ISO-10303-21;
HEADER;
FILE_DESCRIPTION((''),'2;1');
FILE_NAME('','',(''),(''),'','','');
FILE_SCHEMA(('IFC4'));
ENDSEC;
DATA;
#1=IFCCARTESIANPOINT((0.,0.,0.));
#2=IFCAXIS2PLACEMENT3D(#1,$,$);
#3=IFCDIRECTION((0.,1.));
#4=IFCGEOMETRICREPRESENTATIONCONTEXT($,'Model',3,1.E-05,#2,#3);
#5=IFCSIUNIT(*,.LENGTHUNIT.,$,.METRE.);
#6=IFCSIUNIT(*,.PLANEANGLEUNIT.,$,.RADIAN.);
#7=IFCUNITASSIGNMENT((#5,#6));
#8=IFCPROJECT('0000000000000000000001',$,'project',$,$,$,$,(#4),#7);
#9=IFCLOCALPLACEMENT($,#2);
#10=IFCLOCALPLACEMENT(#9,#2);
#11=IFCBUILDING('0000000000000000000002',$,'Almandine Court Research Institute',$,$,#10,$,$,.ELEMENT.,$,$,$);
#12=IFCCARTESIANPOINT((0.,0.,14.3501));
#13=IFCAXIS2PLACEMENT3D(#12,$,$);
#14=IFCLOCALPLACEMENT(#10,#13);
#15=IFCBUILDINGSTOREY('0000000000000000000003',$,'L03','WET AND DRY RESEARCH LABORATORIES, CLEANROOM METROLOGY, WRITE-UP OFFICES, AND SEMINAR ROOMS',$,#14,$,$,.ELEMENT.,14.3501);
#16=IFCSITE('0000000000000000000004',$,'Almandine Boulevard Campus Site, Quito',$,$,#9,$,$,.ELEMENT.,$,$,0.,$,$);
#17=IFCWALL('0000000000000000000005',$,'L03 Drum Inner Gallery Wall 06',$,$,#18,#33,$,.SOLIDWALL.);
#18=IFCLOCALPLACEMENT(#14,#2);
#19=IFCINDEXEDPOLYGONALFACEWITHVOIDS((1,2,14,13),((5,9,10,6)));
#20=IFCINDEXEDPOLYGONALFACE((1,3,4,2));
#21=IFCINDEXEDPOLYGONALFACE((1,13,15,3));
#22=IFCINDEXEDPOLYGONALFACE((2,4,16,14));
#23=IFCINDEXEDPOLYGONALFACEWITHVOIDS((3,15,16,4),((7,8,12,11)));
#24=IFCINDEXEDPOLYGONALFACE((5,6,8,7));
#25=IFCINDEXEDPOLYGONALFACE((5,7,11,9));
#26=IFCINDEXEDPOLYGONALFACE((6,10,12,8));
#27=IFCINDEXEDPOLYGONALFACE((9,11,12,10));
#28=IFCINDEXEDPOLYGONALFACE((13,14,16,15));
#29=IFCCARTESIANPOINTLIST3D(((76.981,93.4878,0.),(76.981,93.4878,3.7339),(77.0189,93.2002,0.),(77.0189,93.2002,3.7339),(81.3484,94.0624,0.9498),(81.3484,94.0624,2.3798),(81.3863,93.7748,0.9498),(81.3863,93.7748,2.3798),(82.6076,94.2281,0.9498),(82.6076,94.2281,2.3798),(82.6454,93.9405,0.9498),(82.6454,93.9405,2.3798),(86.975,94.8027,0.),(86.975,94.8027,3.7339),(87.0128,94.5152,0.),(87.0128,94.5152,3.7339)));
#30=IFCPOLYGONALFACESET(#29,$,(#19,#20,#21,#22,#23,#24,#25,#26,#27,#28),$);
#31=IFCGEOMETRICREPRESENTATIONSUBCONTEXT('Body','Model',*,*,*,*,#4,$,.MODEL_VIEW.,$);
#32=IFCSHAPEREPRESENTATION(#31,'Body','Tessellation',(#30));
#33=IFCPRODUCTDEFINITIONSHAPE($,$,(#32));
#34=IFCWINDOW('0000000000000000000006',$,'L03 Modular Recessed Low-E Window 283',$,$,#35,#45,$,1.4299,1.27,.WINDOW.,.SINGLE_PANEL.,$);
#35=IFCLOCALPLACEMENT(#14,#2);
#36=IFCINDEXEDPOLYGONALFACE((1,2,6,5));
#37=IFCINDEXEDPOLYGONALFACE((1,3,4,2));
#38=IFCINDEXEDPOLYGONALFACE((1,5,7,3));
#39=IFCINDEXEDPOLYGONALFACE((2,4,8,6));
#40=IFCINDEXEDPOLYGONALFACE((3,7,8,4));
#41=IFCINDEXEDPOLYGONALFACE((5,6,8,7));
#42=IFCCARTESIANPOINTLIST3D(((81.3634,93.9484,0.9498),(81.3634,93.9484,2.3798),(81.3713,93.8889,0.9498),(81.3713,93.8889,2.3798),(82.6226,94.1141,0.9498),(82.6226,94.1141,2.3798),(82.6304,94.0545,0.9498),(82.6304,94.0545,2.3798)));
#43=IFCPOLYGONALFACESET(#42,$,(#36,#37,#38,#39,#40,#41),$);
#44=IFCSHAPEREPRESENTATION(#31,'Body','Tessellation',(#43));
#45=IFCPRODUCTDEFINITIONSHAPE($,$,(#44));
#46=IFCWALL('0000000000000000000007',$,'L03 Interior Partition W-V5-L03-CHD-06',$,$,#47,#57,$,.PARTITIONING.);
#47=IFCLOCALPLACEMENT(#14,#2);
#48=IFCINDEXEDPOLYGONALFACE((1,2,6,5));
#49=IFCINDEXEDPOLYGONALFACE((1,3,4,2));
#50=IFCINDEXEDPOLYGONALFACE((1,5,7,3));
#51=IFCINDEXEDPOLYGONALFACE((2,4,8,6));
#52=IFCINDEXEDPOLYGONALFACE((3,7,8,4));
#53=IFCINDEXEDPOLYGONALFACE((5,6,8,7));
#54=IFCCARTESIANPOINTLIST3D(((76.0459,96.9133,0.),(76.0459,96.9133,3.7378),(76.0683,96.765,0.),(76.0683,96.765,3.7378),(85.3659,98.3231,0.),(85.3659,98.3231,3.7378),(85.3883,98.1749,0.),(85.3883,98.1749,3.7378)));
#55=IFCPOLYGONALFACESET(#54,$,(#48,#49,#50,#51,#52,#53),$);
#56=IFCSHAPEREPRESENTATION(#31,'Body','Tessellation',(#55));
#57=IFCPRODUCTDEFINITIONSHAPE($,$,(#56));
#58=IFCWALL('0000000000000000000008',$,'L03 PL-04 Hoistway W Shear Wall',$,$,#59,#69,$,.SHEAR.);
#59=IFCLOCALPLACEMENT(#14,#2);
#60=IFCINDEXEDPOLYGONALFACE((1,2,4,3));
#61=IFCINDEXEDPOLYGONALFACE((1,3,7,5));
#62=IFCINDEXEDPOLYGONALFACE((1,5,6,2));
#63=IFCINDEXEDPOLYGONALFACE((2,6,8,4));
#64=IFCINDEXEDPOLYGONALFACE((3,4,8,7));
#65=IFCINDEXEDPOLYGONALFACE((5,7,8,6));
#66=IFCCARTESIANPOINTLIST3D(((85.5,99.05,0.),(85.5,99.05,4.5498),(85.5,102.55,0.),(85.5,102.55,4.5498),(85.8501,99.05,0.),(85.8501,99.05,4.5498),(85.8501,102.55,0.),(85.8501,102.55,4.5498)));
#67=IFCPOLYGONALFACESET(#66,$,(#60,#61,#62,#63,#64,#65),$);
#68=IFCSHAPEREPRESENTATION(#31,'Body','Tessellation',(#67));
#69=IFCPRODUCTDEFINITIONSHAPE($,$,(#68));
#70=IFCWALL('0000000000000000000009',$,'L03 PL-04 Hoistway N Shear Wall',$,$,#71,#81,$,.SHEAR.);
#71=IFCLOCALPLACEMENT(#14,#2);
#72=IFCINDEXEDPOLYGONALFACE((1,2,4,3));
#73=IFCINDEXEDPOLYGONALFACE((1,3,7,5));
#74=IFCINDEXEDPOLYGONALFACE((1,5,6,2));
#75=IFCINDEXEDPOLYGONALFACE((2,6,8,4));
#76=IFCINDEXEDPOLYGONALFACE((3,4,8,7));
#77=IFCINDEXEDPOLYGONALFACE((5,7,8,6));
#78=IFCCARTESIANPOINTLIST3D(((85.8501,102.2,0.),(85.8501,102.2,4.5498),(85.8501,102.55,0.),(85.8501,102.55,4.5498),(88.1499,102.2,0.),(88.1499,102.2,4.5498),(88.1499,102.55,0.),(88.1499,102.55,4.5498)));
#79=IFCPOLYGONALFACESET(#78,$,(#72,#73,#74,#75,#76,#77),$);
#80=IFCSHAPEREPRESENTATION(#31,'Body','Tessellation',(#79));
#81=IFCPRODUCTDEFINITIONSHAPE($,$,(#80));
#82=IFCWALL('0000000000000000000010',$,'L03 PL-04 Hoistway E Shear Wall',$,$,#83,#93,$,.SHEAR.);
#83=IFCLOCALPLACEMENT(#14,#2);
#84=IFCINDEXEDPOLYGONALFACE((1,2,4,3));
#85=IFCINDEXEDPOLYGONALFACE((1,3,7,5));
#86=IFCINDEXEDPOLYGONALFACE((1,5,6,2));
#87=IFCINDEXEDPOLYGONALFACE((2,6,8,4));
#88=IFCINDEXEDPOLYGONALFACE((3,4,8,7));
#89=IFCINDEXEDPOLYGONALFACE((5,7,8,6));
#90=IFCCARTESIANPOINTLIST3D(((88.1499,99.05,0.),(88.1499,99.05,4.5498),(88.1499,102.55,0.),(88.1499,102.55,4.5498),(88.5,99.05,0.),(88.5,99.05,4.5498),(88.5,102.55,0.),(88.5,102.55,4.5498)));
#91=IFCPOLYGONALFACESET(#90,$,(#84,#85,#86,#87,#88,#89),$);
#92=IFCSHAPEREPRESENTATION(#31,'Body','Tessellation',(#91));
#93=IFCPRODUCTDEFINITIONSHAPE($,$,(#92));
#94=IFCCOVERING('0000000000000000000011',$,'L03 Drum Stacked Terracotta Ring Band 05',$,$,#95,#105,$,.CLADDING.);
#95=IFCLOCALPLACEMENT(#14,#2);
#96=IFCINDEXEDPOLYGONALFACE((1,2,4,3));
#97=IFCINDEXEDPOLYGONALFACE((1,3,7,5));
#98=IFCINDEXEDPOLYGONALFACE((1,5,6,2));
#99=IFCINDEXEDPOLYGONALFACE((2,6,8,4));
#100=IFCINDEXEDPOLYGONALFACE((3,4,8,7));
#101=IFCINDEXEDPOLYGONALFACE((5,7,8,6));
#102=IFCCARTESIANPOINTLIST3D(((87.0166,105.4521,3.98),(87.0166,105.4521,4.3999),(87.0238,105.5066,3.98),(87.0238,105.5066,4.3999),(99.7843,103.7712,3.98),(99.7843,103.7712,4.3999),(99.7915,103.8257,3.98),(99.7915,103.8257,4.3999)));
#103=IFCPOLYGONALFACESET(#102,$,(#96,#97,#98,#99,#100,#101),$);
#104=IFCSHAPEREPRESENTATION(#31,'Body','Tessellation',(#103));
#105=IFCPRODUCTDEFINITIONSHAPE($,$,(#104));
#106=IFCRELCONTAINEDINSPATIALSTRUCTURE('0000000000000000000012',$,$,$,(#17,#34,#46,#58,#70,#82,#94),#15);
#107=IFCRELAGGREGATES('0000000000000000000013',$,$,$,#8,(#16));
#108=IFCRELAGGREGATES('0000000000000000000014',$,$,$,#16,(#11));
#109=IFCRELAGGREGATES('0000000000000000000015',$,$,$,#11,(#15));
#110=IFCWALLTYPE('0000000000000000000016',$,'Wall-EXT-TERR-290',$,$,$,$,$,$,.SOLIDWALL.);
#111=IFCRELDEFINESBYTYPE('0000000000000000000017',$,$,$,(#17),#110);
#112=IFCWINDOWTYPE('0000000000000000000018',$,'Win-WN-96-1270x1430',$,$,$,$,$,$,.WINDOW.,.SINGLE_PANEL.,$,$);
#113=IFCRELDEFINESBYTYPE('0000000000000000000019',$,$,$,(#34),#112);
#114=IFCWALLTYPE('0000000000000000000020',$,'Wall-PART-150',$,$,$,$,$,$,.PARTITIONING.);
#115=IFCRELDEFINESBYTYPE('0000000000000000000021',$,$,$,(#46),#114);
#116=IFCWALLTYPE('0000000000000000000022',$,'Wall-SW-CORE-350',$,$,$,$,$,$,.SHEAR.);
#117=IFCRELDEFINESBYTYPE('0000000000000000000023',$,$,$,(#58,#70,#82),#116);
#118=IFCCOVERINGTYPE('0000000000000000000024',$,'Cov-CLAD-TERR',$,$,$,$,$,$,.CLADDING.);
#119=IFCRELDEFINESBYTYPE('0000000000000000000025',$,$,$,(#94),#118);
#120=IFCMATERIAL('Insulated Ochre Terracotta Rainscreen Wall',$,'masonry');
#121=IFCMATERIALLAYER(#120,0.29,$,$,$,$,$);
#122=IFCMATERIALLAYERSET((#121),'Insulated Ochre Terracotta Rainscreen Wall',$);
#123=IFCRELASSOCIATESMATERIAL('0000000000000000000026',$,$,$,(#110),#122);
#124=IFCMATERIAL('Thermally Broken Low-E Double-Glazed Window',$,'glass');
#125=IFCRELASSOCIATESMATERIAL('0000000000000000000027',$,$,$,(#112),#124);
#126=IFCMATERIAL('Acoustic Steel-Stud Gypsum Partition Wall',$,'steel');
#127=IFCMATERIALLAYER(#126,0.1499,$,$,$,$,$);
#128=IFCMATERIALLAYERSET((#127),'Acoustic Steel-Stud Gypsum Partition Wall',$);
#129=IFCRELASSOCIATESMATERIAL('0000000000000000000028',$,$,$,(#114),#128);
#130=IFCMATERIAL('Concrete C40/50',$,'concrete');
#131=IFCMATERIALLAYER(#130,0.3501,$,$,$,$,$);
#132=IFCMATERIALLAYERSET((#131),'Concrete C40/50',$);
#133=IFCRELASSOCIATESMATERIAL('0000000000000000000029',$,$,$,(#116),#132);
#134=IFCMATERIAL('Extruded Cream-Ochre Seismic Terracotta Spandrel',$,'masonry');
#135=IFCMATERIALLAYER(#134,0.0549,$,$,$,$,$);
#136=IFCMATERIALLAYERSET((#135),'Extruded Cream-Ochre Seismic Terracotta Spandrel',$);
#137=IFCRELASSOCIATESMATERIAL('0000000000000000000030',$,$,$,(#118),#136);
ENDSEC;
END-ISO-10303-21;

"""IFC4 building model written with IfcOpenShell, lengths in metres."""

from ifc_helpers import new_model, si_unit, direction, frame, frame_2d, origin, origin_2d, place, context, subcontext, project, spatial, rectangle, extrude, material, layer, layer_set, type_object, element, fill, save


model = new_model("IFC4")

# Units and contexts
model_context = context("Model", 3, precision=1e-05, world=origin(), true_north=direction((0.0, 1.0)))
body_context = subcontext(model_context, "Body", "Model", "MODEL_VIEW")
ifc_project = project(units=[si_unit("LENGTHUNIT", "METRE"), si_unit("PLANEANGLEUNIT", "RADIAN")], contexts=[model_context])

# Site, building, storey
site_placement = place(None, origin())
site = spatial("IfcSite", under=ifc_project, at=site_placement, Name="Almandine Boulevard Campus Site, Quito", CompositionType="ELEMENT", RefElevation=0.0)
building_placement = place(site_placement, origin())
building = spatial("IfcBuilding", under=site, at=building_placement, Name="Almandine Court Research Institute", CompositionType="ELEMENT")
storey_placement = place(building_placement, frame((0.0, 0.0, 14.3501)))
storey = spatial("IfcBuildingStorey", under=building, at=storey_placement, Name="L03", Description="WET AND DRY RESEARCH LABORATORIES, CLEANROOM METROLOGY, WRITE-UP OFFICES, AND SEMINAR ROOMS", CompositionType="ELEMENT", Elevation=14.3501)

# Wall, opening, window
ifc_material_1 = material(Name="Insulated Ochre Terracotta Rainscreen Wall", Category="masonry")
ifc_layer_1 = layer(ifc_material_1, 0.29)
ifc_layer_set_1 = layer_set([ifc_layer_1], Name="Insulated Ochre Terracotta Rainscreen Wall")
wall_type_1 = type_object("IfcWallType", Name="Wall-EXT-TERR-290", PredefinedType="SOLIDWALL", material=ifc_layer_set_1)
wall_1_placement = place(storey_placement, frame((86.9939, 94.6589, 0.0), z_axis=(0.0, 0.0, 1.0), x_axis=(-0.991455, -0.13045, 0.0)))
wall_1 = element("IfcWall", 1, at=wall_1_placement, inside=storey, type_object=wall_type_1, Name="L03 Drum Inner Gallery Wall 06", PredefinedType="SOLIDWALL", context=body_context, shape_type="SweptSolid", body=[
    extrude(rectangle(XDim=10.0801, YDim=0.29, at=frame_2d((5.04, 0.0))), origin(), (0.0, 0.0, 1.0), 3.7339),
])
opening_1_placement = place(wall_1_placement, frame((4.405, 0.0, 0.95)))
opening_1 = element("IfcOpeningElement", 2, at=opening_1_placement, cuts=wall_1, PredefinedType="OPENING", context=body_context, shape_type="SweptSolid", body=[
    extrude(rectangle(XDim=1.27, YDim=1.4299, at=frame_2d((0.635, 0.7148))), frame((0.0, 0.155, 0.0), z_axis=(0.0, -1.0, 0.0), x_axis=(1.0, 0.0, 0.0)), (0.0, 0.0, 1.0), 0.3101),
])
ifc_material_2 = material(Name="Thermally Broken Low-E Double-Glazed Window", Category="glass")
window_type = type_object("IfcWindowType", Name="Win-WN-96-1270x1430", PartitioningType="SINGLE_PANEL", PredefinedType="WINDOW", material=ifc_material_2)
window_placement = place(opening_1_placement, origin())
window = element("IfcWindow", 3, at=window_placement, inside=storey, type_object=window_type, Name="L03 Modular Recessed Low-E Window 283", OverallHeight=1.4299, OverallWidth=1.27, PartitioningType="SINGLE_PANEL", PredefinedType="WINDOW", context=body_context, shape_type="SweptSolid", body=[
    extrude(rectangle(XDim=1.27, YDim=1.4299, at=frame_2d((0.635, 0.7148))), frame((0.0, 0.03, 0.0), z_axis=(0.0, -1.0, 0.0), x_axis=(1.0, 0.0, 0.0)), (0.0, 0.0, 1.0), 0.0601),
])
fill(opening_1, window)

# Walls
ifc_material_3 = material(Name="Acoustic Steel-Stud Gypsum Partition Wall", Category="steel")
ifc_layer_2 = layer(ifc_material_3, 0.1499)
ifc_layer_set_2 = layer_set([ifc_layer_2], Name="Acoustic Steel-Stud Gypsum Partition Wall")
wall_type_2 = type_object("IfcWallType", Name="Wall-PART-150", PredefinedType="PARTITIONING", material=ifc_layer_set_2)
wall_2_placement = place(storey_placement, frame((85.377, 98.249, 0.0), z_axis=(0.0, 0.0, 1.0), x_axis=(-0.98875, -0.149575, 0.0)))
element("IfcWall", 4, at=wall_2_placement, inside=storey, type_object=wall_type_2, Name="L03 Interior Partition W-V5-L03-CHD-06", PredefinedType="PARTITIONING", context=body_context, shape_type="SweptSolid", body=[
    extrude(rectangle(XDim=9.426, YDim=0.1499, at=frame_2d((4.7129, 0.0))), origin(), (0.0, 0.0, 1.0), 3.7378),
])
ifc_material_4 = material(Name="Concrete C40/50", Category="concrete")
ifc_layer_3 = layer(ifc_material_4, 0.3501)
ifc_layer_set_3 = layer_set([ifc_layer_3], Name="Concrete C40/50")
wall_type_3 = type_object("IfcWallType", Name="Wall-SW-CORE-350", PredefinedType="SHEAR", material=ifc_layer_set_3)
wall_3_placement = place(storey_placement, frame((85.675, 99.05, 0.0), z_axis=(0.0, 0.0, 1.0), x_axis=(0.0, 1.0, 0.0)))
element("IfcWall", 5, at=wall_3_placement, inside=storey, type_object=wall_type_3, Name="L03 PL-04 Hoistway W Shear Wall", PredefinedType="SHEAR", context=body_context, shape_type="SweptSolid", body=[
    extrude(rectangle(XDim=3.5, YDim=0.3501, at=frame_2d((1.75, 0.0))), origin(), (0.0, 0.0, 1.0), 4.5498),
])
wall_4_placement = place(storey_placement, frame((85.8501, 102.375, 0.0), z_axis=(0.0, 0.0, 1.0), x_axis=(1.0, 0.0, 0.0)))
element("IfcWall", 6, at=wall_4_placement, inside=storey, type_object=wall_type_3, Name="L03 PL-04 Hoistway N Shear Wall", PredefinedType="SHEAR", context=body_context, shape_type="SweptSolid", body=[
    extrude(rectangle(XDim=2.2998, YDim=0.3501, at=frame_2d((1.1499, 0.0))), origin(), (0.0, 0.0, 1.0), 4.5498),
])
wall_5_placement = place(storey_placement, frame((88.325, 102.55, 0.0), z_axis=(0.0, 0.0, 1.0), x_axis=(0.0, -1.0, 0.0)))
element("IfcWall", 7, at=wall_5_placement, inside=storey, type_object=wall_type_3, Name="L03 PL-04 Hoistway E Shear Wall", PredefinedType="SHEAR", context=body_context, shape_type="SweptSolid", body=[
    extrude(rectangle(XDim=3.5, YDim=0.3501, at=frame_2d((1.75, 0.0))), origin(), (0.0, 0.0, 1.0), 4.5498),
])

# Covering
ifc_material_5 = material(Name="Extruded Cream-Ochre Seismic Terracotta Spandrel", Category="masonry")
ifc_layer_4 = layer(ifc_material_5, 0.0549)
ifc_layer_set_4 = layer_set([ifc_layer_4], Name="Extruded Cream-Ochre Seismic Terracotta Spandrel")
covering_type = type_object("IfcCoveringType", Name="Cov-CLAD-TERR", PredefinedType="CLADDING", material=ifc_layer_set_4)
covering_placement = place(storey_placement, frame((93.4041, 104.6389, 3.98), z_axis=(0.0, 0.0, 1.0), x_axis=(0.991445, -0.130526, 0.0)))
element("IfcCovering", 8, at=covering_placement, inside=storey, type_object=covering_type, Name="L03 Drum Stacked Terracotta Ring Band 05", PredefinedType="CLADDING", context=body_context, shape_type="SweptSolid", body=[
    extrude(rectangle(XDim=12.8779, YDim=0.0549, at=origin_2d()), origin(), (0.0, 0.0, 1.0), 0.4199),
])

save(model, "model.ifc")
